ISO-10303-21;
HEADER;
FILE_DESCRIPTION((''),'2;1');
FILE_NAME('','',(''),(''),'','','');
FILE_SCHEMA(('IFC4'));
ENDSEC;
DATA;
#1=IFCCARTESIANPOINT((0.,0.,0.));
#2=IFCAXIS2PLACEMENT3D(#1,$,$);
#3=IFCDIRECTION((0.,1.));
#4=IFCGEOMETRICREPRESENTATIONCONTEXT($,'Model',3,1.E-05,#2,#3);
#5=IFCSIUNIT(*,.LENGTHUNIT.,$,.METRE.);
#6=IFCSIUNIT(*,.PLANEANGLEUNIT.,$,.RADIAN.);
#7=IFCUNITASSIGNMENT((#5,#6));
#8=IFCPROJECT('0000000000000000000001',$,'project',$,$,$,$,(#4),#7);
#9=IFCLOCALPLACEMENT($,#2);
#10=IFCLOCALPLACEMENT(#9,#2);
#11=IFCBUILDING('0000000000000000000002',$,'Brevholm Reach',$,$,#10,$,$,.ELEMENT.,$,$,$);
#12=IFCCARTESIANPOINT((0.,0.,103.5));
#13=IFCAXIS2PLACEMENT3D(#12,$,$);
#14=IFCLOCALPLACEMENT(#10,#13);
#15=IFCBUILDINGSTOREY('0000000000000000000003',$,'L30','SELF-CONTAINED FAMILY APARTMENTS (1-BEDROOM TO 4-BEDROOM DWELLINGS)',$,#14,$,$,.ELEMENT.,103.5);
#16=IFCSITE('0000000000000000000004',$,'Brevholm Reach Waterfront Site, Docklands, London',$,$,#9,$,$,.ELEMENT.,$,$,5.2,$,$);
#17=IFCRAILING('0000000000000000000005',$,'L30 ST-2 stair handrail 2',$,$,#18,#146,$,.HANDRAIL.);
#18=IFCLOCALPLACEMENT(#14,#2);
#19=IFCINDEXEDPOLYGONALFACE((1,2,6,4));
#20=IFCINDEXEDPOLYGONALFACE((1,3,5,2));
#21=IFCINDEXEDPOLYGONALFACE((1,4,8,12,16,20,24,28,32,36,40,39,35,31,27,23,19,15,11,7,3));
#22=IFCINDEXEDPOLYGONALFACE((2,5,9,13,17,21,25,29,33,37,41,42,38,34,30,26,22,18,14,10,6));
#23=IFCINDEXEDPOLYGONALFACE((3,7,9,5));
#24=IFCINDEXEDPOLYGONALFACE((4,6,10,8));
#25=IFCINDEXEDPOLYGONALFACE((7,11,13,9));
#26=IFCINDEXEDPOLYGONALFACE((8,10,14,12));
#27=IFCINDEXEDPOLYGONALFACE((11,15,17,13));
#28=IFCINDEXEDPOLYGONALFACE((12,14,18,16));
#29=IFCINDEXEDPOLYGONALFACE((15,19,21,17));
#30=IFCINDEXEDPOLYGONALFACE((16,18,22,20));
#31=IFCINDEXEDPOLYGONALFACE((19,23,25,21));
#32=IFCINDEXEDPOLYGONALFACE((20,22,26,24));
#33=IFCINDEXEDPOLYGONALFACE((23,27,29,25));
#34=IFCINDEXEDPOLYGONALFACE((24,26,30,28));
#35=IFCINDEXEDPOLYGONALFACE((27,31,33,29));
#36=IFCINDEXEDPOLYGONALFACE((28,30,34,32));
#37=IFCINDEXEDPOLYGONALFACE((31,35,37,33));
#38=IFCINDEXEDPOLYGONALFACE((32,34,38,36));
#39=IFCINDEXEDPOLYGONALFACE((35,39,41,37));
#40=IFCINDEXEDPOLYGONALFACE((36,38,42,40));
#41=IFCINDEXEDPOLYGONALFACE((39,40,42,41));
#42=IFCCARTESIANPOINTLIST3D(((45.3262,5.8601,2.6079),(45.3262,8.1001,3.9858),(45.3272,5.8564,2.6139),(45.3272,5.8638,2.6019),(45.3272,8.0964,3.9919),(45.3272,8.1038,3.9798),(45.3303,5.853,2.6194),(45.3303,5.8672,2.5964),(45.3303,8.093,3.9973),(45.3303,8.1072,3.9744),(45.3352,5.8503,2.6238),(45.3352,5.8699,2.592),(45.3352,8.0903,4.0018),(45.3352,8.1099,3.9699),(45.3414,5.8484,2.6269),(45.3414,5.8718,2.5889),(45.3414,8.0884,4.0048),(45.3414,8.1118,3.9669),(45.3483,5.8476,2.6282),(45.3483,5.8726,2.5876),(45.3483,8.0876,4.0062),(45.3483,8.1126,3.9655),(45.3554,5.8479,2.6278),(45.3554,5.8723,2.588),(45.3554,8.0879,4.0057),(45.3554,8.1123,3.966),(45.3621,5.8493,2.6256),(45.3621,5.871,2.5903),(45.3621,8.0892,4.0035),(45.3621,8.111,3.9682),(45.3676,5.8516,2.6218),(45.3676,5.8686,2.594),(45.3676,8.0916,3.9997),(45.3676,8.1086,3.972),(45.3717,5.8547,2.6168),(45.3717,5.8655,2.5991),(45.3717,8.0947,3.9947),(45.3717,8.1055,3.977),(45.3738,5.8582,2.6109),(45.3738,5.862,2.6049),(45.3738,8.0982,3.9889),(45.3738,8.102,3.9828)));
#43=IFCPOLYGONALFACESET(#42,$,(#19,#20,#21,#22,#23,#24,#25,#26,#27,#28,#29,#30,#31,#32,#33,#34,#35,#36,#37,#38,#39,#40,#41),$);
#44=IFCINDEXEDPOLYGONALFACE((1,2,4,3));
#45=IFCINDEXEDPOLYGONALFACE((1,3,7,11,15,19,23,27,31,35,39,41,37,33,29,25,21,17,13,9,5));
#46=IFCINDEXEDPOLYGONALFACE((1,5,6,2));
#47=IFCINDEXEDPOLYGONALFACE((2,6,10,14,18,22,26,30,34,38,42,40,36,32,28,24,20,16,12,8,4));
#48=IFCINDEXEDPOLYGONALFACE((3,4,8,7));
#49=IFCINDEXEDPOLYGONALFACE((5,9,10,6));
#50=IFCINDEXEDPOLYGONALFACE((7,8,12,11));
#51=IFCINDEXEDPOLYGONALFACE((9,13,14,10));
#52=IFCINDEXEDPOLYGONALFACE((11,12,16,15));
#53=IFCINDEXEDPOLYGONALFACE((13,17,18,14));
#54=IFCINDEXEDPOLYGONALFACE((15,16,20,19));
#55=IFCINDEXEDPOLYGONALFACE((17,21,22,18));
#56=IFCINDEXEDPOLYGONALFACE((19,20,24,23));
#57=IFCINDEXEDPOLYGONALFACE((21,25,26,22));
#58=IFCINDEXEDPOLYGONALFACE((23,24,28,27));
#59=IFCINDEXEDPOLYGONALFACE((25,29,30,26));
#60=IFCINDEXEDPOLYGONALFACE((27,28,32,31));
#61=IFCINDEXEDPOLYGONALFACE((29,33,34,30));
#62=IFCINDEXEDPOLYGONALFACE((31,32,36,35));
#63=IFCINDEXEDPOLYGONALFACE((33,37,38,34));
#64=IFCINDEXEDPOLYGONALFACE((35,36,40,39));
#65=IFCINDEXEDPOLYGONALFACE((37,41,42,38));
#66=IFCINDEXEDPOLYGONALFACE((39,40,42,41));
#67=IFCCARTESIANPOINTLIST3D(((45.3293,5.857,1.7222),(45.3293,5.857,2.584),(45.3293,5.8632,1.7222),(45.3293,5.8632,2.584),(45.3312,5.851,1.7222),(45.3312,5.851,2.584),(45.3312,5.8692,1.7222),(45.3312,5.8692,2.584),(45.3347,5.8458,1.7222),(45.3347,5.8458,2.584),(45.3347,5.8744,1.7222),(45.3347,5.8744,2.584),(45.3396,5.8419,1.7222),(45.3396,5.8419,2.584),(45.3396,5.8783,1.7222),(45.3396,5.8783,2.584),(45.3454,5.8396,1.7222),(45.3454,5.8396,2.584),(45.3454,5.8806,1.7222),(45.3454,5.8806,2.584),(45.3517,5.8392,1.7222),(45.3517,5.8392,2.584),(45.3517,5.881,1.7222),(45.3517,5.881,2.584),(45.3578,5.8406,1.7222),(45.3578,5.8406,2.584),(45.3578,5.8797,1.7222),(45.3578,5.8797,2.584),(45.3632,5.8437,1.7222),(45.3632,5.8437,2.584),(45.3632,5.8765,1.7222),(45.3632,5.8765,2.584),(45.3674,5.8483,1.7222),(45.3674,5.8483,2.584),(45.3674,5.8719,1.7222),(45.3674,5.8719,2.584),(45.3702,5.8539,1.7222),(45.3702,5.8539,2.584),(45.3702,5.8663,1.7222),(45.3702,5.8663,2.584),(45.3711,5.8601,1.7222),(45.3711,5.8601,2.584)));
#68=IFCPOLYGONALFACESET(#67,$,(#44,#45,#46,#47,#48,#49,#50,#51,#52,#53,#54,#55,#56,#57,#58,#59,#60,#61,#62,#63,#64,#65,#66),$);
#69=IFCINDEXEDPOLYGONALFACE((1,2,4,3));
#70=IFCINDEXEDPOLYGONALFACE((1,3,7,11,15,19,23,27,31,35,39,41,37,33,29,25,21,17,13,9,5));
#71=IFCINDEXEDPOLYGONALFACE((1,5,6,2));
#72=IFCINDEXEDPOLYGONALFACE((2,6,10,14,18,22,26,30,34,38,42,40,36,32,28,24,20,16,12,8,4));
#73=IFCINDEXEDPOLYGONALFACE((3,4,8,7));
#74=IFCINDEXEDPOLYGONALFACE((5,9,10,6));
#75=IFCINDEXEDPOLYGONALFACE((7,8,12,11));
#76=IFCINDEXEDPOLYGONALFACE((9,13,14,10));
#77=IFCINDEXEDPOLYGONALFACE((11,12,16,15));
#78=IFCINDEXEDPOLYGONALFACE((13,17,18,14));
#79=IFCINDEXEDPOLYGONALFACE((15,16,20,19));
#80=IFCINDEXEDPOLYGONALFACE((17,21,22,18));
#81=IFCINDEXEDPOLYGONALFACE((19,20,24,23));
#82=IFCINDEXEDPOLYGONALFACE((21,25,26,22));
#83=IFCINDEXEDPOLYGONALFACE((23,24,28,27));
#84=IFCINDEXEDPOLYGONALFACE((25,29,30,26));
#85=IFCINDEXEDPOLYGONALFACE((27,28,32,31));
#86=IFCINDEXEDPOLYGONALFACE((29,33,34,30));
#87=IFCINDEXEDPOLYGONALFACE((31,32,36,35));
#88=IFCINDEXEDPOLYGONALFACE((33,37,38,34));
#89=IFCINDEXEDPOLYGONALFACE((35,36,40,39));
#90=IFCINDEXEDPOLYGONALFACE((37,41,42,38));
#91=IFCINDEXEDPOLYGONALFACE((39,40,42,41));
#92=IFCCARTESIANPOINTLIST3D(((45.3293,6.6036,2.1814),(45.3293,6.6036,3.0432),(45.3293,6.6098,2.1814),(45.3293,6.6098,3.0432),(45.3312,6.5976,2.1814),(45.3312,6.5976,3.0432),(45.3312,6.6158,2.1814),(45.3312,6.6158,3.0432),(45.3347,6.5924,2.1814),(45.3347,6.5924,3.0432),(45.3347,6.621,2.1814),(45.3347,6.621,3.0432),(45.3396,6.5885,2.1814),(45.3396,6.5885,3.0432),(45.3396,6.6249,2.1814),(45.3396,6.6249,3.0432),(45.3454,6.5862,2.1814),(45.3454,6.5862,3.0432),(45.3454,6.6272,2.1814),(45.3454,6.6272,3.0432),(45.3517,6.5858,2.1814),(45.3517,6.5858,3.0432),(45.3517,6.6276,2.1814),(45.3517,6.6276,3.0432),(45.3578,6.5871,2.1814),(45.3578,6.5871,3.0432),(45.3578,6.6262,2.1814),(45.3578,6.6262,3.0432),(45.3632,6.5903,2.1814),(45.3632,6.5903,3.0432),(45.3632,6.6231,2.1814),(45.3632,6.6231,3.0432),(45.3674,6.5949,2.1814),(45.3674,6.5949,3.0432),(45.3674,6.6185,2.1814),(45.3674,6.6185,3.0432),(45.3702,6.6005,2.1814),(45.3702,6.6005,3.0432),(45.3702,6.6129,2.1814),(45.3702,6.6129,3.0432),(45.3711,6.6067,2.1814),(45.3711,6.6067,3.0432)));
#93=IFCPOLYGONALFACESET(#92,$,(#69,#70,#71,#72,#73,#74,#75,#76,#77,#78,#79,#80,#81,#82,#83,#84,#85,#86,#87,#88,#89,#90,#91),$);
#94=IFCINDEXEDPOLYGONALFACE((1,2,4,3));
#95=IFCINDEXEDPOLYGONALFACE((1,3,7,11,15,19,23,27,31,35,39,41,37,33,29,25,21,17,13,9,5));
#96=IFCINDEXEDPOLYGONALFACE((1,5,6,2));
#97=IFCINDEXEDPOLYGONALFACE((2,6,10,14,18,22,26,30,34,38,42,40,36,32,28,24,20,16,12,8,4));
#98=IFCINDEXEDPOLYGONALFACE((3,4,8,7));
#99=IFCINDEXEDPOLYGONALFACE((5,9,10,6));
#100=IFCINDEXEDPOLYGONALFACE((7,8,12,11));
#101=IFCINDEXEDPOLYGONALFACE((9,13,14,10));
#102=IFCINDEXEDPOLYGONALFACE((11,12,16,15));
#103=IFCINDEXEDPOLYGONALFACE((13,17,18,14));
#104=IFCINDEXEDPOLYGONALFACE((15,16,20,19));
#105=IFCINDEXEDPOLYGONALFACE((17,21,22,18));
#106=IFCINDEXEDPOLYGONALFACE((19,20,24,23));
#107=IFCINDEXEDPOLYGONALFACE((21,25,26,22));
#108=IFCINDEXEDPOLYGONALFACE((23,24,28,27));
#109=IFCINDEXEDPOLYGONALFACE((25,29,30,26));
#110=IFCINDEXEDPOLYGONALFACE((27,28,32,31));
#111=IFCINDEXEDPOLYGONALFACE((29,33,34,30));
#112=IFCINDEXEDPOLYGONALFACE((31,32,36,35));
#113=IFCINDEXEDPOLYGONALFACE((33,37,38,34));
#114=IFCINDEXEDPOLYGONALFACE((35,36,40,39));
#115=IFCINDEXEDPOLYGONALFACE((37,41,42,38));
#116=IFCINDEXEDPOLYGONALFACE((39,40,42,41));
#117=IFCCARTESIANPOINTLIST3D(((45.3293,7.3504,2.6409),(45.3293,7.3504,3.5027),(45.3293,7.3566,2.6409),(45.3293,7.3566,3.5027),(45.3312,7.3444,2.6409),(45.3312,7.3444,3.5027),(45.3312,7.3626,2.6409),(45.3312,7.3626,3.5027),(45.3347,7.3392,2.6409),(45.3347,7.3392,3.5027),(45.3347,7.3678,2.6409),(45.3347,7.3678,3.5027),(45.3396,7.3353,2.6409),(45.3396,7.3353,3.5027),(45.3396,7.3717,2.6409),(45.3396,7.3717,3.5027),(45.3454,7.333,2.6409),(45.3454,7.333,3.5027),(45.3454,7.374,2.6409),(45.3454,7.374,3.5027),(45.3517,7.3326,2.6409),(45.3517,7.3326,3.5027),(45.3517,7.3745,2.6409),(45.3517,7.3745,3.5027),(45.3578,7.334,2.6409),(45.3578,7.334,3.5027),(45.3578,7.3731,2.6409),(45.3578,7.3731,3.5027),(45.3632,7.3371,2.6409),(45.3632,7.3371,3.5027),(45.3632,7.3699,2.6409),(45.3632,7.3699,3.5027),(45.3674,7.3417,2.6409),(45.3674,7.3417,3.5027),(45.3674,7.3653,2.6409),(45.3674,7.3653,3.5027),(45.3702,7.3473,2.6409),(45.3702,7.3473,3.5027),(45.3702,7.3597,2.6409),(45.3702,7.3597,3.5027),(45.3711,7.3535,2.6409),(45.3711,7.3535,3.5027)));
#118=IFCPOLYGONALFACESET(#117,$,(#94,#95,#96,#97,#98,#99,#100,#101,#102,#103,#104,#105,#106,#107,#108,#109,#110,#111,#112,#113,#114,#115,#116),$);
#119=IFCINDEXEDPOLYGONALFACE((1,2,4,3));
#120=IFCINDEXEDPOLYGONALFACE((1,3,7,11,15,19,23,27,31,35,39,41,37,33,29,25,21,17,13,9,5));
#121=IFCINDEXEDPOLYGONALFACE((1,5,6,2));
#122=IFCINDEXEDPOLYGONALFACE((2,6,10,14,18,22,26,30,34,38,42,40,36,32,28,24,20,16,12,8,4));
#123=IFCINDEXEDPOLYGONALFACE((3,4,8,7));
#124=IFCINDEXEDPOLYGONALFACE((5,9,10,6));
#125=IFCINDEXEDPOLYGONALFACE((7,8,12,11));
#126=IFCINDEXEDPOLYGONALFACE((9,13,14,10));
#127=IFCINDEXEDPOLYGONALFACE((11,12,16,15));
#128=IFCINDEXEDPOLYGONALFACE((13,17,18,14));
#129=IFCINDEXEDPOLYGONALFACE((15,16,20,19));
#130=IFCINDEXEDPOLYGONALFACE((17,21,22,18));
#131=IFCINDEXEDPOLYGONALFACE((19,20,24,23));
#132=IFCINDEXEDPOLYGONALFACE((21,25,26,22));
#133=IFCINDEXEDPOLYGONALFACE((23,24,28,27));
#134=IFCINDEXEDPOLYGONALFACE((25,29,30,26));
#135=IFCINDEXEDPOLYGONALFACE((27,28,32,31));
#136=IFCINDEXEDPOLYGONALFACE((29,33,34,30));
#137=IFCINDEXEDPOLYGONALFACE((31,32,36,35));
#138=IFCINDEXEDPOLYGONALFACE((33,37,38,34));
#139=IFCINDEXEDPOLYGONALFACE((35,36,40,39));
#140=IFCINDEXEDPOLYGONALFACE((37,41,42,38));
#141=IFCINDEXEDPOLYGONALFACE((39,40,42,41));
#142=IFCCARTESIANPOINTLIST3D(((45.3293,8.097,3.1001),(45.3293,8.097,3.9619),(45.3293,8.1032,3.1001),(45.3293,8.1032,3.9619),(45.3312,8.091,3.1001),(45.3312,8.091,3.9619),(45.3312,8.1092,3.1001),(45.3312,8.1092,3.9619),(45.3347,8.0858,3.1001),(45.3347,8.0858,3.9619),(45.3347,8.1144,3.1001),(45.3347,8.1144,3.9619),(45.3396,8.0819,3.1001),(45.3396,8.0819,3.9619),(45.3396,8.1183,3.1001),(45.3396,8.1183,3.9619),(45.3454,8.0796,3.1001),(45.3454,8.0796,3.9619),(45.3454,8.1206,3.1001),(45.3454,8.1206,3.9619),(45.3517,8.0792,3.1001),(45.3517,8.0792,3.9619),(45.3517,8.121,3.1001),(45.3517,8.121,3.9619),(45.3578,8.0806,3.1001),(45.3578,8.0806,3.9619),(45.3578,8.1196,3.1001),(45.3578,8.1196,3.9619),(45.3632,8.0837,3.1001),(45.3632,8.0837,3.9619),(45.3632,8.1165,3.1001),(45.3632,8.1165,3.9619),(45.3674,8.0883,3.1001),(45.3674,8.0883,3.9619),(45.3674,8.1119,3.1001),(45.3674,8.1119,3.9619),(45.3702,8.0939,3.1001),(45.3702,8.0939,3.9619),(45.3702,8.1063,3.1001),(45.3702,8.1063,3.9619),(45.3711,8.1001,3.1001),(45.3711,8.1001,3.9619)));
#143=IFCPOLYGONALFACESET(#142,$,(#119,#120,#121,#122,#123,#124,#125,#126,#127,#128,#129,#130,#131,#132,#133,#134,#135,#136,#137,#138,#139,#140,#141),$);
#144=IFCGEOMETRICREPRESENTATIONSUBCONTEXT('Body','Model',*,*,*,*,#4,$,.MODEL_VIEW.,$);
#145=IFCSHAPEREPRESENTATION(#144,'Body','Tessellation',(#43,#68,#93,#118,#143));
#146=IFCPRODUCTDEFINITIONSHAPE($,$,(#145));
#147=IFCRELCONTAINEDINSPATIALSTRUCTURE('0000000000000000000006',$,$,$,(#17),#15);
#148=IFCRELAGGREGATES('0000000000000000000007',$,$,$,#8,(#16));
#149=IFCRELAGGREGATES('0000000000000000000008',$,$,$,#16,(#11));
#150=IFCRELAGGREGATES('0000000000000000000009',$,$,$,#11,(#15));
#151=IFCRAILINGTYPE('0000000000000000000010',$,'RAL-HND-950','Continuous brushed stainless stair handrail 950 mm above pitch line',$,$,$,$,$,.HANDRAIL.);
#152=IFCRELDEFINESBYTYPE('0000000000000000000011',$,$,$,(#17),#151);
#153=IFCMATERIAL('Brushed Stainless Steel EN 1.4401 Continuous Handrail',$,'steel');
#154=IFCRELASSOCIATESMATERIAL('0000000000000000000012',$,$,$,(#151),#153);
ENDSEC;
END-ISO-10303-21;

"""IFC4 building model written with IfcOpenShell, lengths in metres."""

from ifc_helpers import new_model, si_unit, direction, frame, origin, origin_2d, place, context, subcontext, project, spatial, circle, extrude, material, type_object, element, save


model = new_model("IFC4")

# Units and contexts
model_context = context("Model", 3, precision=1e-05, world=origin(), true_north=direction((0.0, 1.0)))
body_context = subcontext(model_context, "Body", "Model", "MODEL_VIEW")
ifc_project = project(units=[si_unit("LENGTHUNIT", "METRE"), si_unit("PLANEANGLEUNIT", "RADIAN")], contexts=[model_context])

# Site, building, storey
site_placement = place(None, origin())
site = spatial("IfcSite", under=ifc_project, at=site_placement, Name="Brevholm Reach Waterfront Site, Docklands, London", CompositionType="ELEMENT", RefElevation=5.2)
building_placement = place(site_placement, origin())
building = spatial("IfcBuilding", under=site, at=building_placement, Name="Brevholm Reach", CompositionType="ELEMENT")
storey_placement = place(building_placement, frame((0.0, 0.0, 103.5)))
storey = spatial("IfcBuildingStorey", under=building, at=storey_placement, Name="L30", Description="SELF-CONTAINED FAMILY APARTMENTS (1-BEDROOM TO 4-BEDROOM DWELLINGS)", CompositionType="ELEMENT", Elevation=103.5)

# Railing
ifc_material_1 = material(Name="Brushed Stainless Steel EN 1.4401 Continuous Handrail", Category="steel")
railing_type_1 = type_object("IfcRailingType", Name="RAL-HND-950", Description="Continuous brushed stainless stair handrail 950 mm above pitch line", PredefinedType="HANDRAIL", material=ifc_material_1)
railing_1_placement = place(storey_placement, frame((45.3501, 5.8601, 1.7222)))
element("IfcRailing", 1, at=railing_1_placement, inside=storey, type_object=railing_type_1, Name="L30 ST-2 stair handrail 2", PredefinedType="HANDRAIL", context=body_context, shape_type="SweptSolid", body=[
    extrude(circle(Radius=0.0239, at=origin_2d()), frame((0.0, 0.0, 0.8857), z_axis=(0.0, 0.851748, 0.523952), x_axis=(-1.0, 0.0, 0.0)), (0.0, 0.0, 1.0), 2.6299),
    extrude(circle(Radius=0.021, at=origin_2d()), origin(), (0.0, 0.0, 1.0), 0.8618),
    extrude(circle(Radius=0.021, at=origin_2d()), frame((0.0, 0.7466, 0.4592)), (0.0, 0.0, 1.0), 0.8618),
    extrude(circle(Radius=0.021, at=origin_2d()), frame((0.0, 1.4934, 0.9187)), (0.0, 0.0, 1.0), 0.8618),
    extrude(circle(Radius=0.021, at=origin_2d()), frame((0.0, 2.24, 1.3779)), (0.0, 0.0, 1.0), 0.8618),
])

save(model, "model.ifc")
